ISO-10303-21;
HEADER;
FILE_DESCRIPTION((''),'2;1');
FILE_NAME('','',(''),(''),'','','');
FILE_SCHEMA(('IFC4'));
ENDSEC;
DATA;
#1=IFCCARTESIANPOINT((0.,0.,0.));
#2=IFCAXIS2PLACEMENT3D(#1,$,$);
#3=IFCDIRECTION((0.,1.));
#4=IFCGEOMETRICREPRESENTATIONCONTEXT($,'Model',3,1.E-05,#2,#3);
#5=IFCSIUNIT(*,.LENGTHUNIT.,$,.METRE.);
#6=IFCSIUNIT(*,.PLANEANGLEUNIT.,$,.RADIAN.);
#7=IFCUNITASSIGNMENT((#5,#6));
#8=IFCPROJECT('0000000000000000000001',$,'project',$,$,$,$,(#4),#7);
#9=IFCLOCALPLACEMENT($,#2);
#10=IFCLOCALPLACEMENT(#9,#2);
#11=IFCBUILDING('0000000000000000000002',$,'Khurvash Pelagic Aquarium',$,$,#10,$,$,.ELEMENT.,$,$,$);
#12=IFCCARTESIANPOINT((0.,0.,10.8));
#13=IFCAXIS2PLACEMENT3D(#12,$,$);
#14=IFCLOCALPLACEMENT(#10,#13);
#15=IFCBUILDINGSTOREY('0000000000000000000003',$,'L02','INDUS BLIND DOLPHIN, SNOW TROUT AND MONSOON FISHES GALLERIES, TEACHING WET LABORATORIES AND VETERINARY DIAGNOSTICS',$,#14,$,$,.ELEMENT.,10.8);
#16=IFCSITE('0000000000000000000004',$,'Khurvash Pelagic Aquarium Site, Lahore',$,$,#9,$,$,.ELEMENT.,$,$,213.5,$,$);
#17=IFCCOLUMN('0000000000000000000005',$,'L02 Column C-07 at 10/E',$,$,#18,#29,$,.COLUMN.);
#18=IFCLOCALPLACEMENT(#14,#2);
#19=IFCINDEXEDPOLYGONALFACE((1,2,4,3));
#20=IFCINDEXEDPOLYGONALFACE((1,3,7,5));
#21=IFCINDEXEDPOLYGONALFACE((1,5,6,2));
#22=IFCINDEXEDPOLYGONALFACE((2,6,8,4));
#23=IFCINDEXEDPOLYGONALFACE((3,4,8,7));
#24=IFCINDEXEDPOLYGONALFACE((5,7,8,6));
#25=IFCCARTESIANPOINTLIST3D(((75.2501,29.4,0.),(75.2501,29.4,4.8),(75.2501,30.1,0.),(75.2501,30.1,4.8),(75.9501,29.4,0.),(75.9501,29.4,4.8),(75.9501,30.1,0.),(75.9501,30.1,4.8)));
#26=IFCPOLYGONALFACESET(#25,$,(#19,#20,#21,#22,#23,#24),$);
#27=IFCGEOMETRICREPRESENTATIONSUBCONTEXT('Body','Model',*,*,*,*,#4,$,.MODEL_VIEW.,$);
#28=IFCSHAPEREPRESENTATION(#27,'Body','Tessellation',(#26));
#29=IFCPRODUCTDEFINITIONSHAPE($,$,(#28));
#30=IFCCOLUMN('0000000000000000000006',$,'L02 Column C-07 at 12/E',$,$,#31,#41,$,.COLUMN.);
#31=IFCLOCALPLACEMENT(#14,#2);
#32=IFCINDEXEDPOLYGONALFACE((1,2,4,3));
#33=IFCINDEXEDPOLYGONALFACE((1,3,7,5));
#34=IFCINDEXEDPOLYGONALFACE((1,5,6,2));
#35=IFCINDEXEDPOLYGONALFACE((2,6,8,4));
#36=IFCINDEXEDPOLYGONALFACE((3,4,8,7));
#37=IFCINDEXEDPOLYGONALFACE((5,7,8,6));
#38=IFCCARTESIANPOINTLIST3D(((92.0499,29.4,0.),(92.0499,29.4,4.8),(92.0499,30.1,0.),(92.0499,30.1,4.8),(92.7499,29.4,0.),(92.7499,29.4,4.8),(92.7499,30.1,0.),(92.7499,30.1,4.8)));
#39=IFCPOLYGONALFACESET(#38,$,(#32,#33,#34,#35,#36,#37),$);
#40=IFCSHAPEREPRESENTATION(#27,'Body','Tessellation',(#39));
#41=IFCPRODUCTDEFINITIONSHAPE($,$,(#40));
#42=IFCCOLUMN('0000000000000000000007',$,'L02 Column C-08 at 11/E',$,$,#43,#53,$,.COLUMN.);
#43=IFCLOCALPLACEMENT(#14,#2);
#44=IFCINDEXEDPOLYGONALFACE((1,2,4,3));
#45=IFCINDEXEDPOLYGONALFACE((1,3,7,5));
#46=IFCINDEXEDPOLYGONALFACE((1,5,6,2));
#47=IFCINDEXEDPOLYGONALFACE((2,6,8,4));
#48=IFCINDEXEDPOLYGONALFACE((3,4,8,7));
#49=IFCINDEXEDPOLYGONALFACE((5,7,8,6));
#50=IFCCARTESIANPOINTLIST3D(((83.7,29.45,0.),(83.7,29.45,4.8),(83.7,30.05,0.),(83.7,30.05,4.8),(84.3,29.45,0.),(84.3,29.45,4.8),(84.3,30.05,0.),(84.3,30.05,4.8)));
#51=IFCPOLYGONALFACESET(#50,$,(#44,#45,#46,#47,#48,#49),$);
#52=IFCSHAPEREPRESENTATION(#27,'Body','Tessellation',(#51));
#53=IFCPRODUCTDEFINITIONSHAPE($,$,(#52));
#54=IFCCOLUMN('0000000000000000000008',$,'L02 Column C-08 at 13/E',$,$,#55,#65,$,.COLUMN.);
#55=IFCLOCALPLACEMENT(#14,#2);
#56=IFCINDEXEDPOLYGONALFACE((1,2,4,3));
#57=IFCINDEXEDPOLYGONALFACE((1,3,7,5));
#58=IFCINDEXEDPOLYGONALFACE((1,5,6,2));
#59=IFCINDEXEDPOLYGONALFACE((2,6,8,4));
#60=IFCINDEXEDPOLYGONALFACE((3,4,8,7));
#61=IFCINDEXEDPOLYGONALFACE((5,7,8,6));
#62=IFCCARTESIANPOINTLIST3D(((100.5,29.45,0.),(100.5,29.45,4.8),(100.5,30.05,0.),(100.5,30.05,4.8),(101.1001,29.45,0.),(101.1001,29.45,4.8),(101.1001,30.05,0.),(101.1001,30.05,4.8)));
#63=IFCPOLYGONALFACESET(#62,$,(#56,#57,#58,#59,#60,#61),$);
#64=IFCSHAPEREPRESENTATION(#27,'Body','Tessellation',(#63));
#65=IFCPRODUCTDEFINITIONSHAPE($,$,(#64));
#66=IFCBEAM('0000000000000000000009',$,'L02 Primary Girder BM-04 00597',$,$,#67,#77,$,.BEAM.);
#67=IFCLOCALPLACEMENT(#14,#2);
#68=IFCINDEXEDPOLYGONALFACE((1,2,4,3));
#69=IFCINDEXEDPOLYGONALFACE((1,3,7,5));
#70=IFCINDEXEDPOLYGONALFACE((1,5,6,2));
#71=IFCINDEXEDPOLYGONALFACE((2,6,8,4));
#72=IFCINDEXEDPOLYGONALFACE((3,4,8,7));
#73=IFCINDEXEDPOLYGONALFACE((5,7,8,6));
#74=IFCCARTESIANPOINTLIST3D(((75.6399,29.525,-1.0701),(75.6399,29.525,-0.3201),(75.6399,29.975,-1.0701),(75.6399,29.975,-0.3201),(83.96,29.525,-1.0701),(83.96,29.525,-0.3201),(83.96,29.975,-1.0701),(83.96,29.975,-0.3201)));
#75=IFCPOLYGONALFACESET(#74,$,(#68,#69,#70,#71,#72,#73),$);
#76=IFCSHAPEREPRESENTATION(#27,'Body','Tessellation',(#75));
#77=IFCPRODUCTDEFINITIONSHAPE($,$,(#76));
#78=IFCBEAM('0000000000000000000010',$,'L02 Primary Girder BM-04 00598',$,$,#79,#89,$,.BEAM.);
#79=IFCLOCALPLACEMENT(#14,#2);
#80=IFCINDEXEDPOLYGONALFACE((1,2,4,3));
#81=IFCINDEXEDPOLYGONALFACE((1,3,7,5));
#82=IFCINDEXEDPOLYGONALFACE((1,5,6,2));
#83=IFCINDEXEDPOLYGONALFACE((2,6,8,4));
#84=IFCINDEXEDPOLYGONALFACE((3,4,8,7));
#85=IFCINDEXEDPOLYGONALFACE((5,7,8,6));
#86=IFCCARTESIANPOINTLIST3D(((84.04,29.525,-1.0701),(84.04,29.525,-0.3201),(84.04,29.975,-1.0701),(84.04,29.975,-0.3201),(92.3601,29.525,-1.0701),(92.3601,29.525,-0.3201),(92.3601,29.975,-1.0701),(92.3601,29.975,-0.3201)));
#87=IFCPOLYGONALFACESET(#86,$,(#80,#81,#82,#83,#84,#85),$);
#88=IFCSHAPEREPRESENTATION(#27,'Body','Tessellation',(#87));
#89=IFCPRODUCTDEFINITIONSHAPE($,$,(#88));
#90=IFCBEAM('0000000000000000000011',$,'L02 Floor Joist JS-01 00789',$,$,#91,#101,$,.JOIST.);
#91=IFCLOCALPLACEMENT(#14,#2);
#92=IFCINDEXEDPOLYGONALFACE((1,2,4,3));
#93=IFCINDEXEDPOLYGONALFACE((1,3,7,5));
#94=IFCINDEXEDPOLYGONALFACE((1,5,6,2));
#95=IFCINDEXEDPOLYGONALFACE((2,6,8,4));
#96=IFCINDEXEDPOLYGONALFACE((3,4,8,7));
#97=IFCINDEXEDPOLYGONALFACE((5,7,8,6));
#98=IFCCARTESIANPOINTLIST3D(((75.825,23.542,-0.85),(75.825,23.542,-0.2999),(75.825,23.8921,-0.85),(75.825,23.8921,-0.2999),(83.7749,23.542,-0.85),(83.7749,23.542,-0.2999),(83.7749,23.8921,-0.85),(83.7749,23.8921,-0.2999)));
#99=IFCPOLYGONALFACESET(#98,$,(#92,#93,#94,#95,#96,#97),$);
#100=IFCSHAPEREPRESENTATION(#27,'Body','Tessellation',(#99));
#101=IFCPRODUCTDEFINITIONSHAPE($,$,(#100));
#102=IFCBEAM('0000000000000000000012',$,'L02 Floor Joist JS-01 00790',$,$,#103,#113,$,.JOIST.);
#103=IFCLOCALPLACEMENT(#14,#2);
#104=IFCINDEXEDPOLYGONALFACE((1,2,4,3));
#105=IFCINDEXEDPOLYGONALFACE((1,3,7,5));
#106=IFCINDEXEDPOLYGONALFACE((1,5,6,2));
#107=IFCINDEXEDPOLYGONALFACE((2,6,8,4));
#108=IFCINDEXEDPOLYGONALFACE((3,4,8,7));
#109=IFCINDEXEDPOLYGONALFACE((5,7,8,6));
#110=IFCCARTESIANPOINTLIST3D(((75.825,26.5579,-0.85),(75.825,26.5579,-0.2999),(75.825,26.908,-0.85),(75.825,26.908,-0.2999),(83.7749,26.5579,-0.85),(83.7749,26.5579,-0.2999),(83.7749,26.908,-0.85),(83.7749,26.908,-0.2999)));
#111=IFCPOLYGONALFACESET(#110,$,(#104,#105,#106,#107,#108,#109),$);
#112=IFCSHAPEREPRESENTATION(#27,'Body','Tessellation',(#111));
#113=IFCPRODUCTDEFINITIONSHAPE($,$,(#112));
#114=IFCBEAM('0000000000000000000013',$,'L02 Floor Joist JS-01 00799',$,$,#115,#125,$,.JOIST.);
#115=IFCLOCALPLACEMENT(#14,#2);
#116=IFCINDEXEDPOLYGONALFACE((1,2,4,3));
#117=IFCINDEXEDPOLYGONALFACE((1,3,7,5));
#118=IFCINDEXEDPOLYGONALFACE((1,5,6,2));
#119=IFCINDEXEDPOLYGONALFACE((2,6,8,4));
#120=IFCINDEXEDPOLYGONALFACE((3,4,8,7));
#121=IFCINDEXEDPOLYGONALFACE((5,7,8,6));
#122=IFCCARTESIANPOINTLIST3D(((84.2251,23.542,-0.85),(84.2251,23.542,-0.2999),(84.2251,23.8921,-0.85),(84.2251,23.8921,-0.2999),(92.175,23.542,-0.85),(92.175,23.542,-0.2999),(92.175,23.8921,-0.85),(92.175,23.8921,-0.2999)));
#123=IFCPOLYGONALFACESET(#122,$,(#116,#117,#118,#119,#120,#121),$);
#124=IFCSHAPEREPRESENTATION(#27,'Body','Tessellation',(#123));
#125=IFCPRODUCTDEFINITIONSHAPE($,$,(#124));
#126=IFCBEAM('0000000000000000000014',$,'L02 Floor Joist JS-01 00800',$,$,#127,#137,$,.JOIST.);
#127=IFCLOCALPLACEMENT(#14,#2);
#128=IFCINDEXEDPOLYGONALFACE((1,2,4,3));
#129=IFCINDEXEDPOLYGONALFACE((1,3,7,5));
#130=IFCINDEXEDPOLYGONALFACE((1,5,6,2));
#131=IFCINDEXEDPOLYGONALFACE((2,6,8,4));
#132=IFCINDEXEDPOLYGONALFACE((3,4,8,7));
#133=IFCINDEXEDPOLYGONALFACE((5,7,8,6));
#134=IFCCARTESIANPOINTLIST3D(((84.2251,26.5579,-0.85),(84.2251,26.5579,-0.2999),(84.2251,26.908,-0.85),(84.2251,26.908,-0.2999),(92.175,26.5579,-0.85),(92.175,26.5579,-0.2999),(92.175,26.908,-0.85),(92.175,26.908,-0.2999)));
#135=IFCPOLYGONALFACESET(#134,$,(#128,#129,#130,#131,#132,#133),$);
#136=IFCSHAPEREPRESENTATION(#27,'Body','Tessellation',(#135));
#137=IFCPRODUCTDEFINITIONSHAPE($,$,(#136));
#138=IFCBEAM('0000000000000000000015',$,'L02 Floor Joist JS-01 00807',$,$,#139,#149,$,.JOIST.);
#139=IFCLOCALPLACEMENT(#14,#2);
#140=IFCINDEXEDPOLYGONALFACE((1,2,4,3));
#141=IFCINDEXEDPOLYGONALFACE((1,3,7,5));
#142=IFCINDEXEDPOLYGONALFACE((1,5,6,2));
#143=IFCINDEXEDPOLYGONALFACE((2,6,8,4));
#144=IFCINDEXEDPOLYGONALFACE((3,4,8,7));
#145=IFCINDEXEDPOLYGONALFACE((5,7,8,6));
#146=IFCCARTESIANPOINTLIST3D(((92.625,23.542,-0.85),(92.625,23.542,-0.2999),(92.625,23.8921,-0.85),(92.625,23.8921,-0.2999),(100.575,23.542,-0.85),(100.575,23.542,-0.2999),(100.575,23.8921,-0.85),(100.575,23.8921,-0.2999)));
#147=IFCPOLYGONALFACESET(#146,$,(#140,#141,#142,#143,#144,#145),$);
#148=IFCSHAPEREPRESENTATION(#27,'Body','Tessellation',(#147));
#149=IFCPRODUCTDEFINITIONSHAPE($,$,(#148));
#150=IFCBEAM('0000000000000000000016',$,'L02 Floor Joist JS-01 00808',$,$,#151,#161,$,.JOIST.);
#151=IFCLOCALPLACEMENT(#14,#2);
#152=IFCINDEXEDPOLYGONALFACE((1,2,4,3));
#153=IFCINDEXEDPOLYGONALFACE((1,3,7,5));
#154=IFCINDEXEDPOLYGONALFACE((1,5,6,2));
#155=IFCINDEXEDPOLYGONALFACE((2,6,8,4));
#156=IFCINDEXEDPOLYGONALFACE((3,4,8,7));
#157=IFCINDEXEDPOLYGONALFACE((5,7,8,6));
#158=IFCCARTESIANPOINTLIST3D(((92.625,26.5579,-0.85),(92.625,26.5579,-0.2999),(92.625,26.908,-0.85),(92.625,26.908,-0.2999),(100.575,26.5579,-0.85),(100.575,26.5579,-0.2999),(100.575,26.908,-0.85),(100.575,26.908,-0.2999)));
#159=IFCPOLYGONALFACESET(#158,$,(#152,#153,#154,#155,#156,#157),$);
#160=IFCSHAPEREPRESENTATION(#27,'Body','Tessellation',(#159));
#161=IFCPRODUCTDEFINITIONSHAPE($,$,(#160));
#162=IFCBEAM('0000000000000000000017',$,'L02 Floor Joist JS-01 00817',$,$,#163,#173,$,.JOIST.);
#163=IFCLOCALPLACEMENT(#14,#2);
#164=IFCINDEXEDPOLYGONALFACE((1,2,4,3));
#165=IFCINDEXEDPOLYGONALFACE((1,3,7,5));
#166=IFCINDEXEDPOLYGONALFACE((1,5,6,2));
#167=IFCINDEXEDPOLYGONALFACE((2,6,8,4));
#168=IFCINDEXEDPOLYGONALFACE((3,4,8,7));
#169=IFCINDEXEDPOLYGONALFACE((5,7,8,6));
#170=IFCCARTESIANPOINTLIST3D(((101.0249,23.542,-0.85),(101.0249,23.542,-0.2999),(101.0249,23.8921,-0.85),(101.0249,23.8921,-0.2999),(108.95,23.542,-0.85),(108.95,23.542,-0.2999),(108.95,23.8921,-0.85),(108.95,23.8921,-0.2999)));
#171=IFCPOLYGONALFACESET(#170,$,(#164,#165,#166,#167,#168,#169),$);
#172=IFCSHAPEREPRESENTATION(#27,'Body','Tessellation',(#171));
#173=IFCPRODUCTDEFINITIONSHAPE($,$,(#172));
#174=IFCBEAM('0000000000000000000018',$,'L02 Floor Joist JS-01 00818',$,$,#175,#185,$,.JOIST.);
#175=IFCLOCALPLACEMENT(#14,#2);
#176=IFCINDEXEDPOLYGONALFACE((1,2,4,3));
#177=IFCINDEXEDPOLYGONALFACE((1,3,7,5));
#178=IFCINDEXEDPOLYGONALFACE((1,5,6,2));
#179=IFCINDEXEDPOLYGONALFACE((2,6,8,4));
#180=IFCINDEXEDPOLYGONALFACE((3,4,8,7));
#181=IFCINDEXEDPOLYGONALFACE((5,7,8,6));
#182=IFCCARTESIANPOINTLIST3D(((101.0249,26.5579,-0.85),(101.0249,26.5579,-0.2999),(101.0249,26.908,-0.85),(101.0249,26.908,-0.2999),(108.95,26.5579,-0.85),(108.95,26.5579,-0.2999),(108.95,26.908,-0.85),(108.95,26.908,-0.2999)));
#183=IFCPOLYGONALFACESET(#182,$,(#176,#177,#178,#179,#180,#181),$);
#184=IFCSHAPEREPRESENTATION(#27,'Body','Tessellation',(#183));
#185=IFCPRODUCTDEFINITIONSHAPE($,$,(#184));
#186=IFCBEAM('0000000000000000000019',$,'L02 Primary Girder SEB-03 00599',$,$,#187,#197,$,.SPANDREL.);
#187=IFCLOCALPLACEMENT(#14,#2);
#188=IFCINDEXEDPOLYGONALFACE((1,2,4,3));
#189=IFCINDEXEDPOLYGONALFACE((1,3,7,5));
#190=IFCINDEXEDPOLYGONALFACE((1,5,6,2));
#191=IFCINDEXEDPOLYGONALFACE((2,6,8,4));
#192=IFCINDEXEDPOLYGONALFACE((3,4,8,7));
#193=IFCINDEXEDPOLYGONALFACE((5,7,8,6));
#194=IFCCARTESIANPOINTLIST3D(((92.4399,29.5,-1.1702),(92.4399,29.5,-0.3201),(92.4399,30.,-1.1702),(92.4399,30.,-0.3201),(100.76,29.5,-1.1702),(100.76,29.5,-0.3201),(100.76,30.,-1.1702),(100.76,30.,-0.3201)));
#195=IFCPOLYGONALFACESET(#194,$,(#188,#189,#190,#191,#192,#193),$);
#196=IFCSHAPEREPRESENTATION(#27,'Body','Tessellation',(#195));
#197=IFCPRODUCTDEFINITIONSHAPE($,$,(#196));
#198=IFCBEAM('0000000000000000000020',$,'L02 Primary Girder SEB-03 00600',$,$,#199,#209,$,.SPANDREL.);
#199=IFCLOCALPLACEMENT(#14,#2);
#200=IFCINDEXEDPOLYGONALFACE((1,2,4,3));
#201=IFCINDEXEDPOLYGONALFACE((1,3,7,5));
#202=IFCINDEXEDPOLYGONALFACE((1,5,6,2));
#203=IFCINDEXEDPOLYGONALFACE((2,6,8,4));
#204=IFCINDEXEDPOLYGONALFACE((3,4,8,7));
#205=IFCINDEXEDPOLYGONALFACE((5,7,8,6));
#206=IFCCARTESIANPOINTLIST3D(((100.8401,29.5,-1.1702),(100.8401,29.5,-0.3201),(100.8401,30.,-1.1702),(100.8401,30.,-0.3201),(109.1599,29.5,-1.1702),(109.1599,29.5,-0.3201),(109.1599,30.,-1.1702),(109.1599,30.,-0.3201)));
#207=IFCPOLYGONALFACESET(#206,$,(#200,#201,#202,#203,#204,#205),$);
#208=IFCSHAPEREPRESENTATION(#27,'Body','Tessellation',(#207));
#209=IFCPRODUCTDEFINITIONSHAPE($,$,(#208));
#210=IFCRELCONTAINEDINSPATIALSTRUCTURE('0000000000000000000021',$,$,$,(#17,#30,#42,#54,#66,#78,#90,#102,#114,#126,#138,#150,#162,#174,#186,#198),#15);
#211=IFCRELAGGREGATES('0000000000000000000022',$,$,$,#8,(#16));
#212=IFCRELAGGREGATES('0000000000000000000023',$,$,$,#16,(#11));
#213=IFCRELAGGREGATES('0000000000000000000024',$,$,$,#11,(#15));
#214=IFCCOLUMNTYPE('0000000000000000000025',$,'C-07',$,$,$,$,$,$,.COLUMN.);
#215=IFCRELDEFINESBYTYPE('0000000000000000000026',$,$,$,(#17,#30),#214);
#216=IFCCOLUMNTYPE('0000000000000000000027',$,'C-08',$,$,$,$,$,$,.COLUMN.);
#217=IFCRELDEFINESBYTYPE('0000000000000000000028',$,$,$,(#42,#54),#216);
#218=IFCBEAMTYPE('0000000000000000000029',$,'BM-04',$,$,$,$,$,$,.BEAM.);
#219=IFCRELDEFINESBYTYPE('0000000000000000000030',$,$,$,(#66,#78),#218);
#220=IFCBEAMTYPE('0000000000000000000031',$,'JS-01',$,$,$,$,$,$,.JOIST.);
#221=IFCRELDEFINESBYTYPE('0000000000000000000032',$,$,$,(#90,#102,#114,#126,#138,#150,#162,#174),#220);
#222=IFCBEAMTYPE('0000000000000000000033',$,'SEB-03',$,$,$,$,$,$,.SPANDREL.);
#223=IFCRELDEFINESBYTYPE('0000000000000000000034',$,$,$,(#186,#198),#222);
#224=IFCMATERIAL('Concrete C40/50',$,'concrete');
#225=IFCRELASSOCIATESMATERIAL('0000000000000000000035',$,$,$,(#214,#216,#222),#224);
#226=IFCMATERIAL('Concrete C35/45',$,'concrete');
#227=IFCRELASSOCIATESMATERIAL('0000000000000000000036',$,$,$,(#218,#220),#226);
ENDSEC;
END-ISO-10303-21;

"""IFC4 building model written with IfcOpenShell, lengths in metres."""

from ifc_helpers import new_model, si_unit, direction, frame, origin, origin_2d, place, context, subcontext, project, spatial, rectangle, extrude, material, material_profile, profile_set, type_object, element, save


model = new_model("IFC4")

# Units and contexts
model_context = context("Model", 3, precision=1e-05, world=origin(), true_north=direction((0.0, 1.0)))
body_context = subcontext(model_context, "Body", "Model", "MODEL_VIEW")
ifc_project = project(units=[si_unit("LENGTHUNIT", "METRE"), si_unit("PLANEANGLEUNIT", "RADIAN")], contexts=[model_context])

# Site, building, storey
site_placement = place(None, origin())
site = spatial("IfcSite", under=ifc_project, at=site_placement, Name="Khurvash Pelagic Aquarium Site, Lahore", CompositionType="ELEMENT", RefElevation=213.5)
building_placement = place(site_placement, origin())
building = spatial("IfcBuilding", under=site, at=building_placement, Name="Khurvash Pelagic Aquarium", CompositionType="ELEMENT")
storey_placement = place(building_placement, frame((0.0, 0.0, 10.8)))
storey = spatial("IfcBuildingStorey", under=building, at=storey_placement, Name="L02", Description="INDUS BLIND DOLPHIN, SNOW TROUT AND MONSOON FISHES GALLERIES, TEACHING WET LABORATORIES AND VETERINARY DIAGNOSTICS", CompositionType="ELEMENT", Elevation=10.8)

# Columns
ifc_material_1 = material(Name="Concrete C40/50", Category="concrete")
ifc_material_profile_1 = material_profile(ifc_material_1, rectangle(XDim=0.7, YDim=0.7, at=origin_2d()), Name="RC700X700")
ifc_profile_set_1 = profile_set([ifc_material_profile_1], Name="Concrete C40/50")
column_type_1 = type_object("IfcColumnType", Name="C-07", PredefinedType="COLUMN", material=ifc_profile_set_1)
for number, where, z_axis, x_axis, name in (
    (1, (75.6001, 29.75, 0.0), (0.0, 0.0, 1.0), (1.0, 0.0, 0.0), "L02 Column C-07 at 10/E"),
    (2, (92.3999, 29.75, 0.0), (0.0, 0.0, 1.0), (1.0, 0.0, 0.0), "L02 Column C-07 at 12/E"),
):
    element("IfcColumn", number, at=place(storey_placement, frame(where, z_axis=z_axis, x_axis=x_axis)), inside=storey, type_object=column_type_1, Name=name, PredefinedType="COLUMN", context=body_context, shape_type="SweptSolid", body=[
        extrude(rectangle(XDim=0.7, YDim=0.7, at=origin_2d()), origin(), (0.0, 0.0, 1.0), 4.8),
    ])
ifc_material_profile_2 = material_profile(ifc_material_1, rectangle(XDim=0.6001, YDim=0.6001, at=origin_2d()), Name="RC600X600")
ifc_profile_set_2 = profile_set([ifc_material_profile_2], Name="Concrete C40/50")
column_type_2 = type_object("IfcColumnType", Name="C-08", PredefinedType="COLUMN", material=ifc_profile_set_2)
for number, where, z_axis, x_axis, name in (
    (3, (84.0, 29.75, 0.0), (0.0, 0.0, 1.0), (1.0, 0.0, 0.0), "L02 Column C-08 at 11/E"),
    (4, (100.8, 29.75, 0.0), (0.0, 0.0, 1.0), (1.0, 0.0, 0.0), "L02 Column C-08 at 13/E"),
):
    element("IfcColumn", number, at=place(storey_placement, frame(where, z_axis=z_axis, x_axis=x_axis)), inside=storey, type_object=column_type_2, Name=name, PredefinedType="COLUMN", context=body_context, shape_type="SweptSolid", body=[
        extrude(rectangle(XDim=0.6001, YDim=0.6001, at=origin_2d()), origin(), (0.0, 0.0, 1.0), 4.8),
    ])

# Beams
ifc_material_2 = material(Name="Concrete C35/45", Category="concrete")
ifc_material_profile_3 = material_profile(ifc_material_2, rectangle(XDim=0.45, YDim=0.75, at=origin_2d()), Name="RC450X750")
ifc_profile_set_3 = profile_set([ifc_material_profile_3], Name="Concrete C35/45")
beam_type_1 = type_object("IfcBeamType", Name="BM-04", PredefinedType="BEAM", material=ifc_profile_set_3)
for number, where, z_axis, x_axis, name in (
    (5, (75.6399, 29.75, -0.6951), (1.0, 0.0, 0.0), (0.0, 1.0, 0.0), "L02 Primary Girder BM-04 00597"),
    (6, (84.04, 29.75, -0.6951), (1.0, 0.0, 0.0), (0.0, 1.0, 0.0), "L02 Primary Girder BM-04 00598"),
):
    element("IfcBeam", number, at=place(storey_placement, frame(where, z_axis=z_axis, x_axis=x_axis)), inside=storey, type_object=beam_type_1, Name=name, PredefinedType="BEAM", context=body_context, shape_type="SweptSolid", body=[
        extrude(rectangle(XDim=0.45, YDim=0.75, at=origin_2d()), origin(), (0.0, 0.0, 1.0), 8.3201),
    ])
ifc_material_profile_4 = material_profile(ifc_material_2, rectangle(XDim=0.3501, YDim=0.55, at=origin_2d()), Name="RC350X550")
ifc_profile_set_4 = profile_set([ifc_material_profile_4], Name="Concrete C35/45")
beam_type_2 = type_object("IfcBeamType", Name="JS-01", PredefinedType="JOIST", material=ifc_profile_set_4)
for number, where, z_axis, x_axis, name in (
    (7, (75.825, 23.717, -0.575), (1.0, 0.0, 0.0), (0.0, 1.0, 0.0), "L02 Floor Joist JS-01 00789"),
    (8, (75.825, 26.7329, -0.575), (1.0, 0.0, 0.0), (0.0, 1.0, 0.0), "L02 Floor Joist JS-01 00790"),
    (9, (84.2251, 23.717, -0.575), (1.0, 0.0, 0.0), (0.0, 1.0, 0.0), "L02 Floor Joist JS-01 00799"),
    (10, (84.2251, 26.7329, -0.575), (1.0, 0.0, 0.0), (0.0, 1.0, 0.0), "L02 Floor Joist JS-01 00800"),
    (11, (92.625, 23.717, -0.575), (1.0, 0.0, 0.0), (0.0, 1.0, 0.0), "L02 Floor Joist JS-01 00807"),
    (12, (92.625, 26.7329, -0.575), (1.0, 0.0, 0.0), (0.0, 1.0, 0.0), "L02 Floor Joist JS-01 00808"),
):
    element("IfcBeam", number, at=place(storey_placement, frame(where, z_axis=z_axis, x_axis=x_axis)), inside=storey, type_object=beam_type_2, Name=name, PredefinedType="JOIST", context=body_context, shape_type="SweptSolid", body=[
        extrude(rectangle(XDim=0.3501, YDim=0.55, at=origin_2d()), origin(), (0.0, 0.0, 1.0), 7.95),
    ])
for number, where, z_axis, x_axis, name in (
    (13, (101.0249, 23.717, -0.575), (1.0, 0.0, 0.0), (0.0, 1.0, 0.0), "L02 Floor Joist JS-01 00817"),
    (14, (101.0249, 26.7329, -0.575), (1.0, 0.0, 0.0), (0.0, 1.0, 0.0), "L02 Floor Joist JS-01 00818"),
):
    element("IfcBeam", number, at=place(storey_placement, frame(where, z_axis=z_axis, x_axis=x_axis)), inside=storey, type_object=beam_type_2, Name=name, PredefinedType="JOIST", context=body_context, shape_type="SweptSolid", body=[
        extrude(rectangle(XDim=0.3501, YDim=0.55, at=origin_2d()), origin(), (0.0, 0.0, 1.0), 7.925),
    ])
ifc_material_profile_5 = material_profile(ifc_material_1, rectangle(XDim=0.5, YDim=0.8501, at=origin_2d()), Name="RC500X850")
ifc_profile_set_5 = profile_set([ifc_material_profile_5], Name="Concrete C40/50")
beam_type_3 = type_object("IfcBeamType", Name="SEB-03", PredefinedType="SPANDREL", material=ifc_profile_set_5)
beam_1_placement = place(storey_placement, frame((92.4399, 29.75, -0.7451), z_axis=(1.0, 0.0, 0.0), x_axis=(0.0, 1.0, 0.0)))
element("IfcBeam", 15, at=beam_1_placement, inside=storey, type_object=beam_type_3, Name="L02 Primary Girder SEB-03 00599", PredefinedType="SPANDREL", context=body_context, shape_type="SweptSolid", body=[
    extrude(rectangle(XDim=0.5, YDim=0.8501, at=origin_2d()), origin(), (0.0, 0.0, 1.0), 8.3201),
])
beam_2_placement = place(storey_placement, frame((100.8401, 29.75, -0.7451), z_axis=(1.0, 0.0, 0.0), x_axis=(0.0, 1.0, 0.0)))
element("IfcBeam", 16, at=beam_2_placement, inside=storey, type_object=beam_type_3, Name="L02 Primary Girder SEB-03 00600", PredefinedType="SPANDREL", context=body_context, shape_type="SweptSolid", body=[
    extrude(rectangle(XDim=0.5, YDim=0.8501, at=origin_2d()), origin(), (0.0, 0.0, 1.0), 8.3198),
])

save(model, "model.ifc")
